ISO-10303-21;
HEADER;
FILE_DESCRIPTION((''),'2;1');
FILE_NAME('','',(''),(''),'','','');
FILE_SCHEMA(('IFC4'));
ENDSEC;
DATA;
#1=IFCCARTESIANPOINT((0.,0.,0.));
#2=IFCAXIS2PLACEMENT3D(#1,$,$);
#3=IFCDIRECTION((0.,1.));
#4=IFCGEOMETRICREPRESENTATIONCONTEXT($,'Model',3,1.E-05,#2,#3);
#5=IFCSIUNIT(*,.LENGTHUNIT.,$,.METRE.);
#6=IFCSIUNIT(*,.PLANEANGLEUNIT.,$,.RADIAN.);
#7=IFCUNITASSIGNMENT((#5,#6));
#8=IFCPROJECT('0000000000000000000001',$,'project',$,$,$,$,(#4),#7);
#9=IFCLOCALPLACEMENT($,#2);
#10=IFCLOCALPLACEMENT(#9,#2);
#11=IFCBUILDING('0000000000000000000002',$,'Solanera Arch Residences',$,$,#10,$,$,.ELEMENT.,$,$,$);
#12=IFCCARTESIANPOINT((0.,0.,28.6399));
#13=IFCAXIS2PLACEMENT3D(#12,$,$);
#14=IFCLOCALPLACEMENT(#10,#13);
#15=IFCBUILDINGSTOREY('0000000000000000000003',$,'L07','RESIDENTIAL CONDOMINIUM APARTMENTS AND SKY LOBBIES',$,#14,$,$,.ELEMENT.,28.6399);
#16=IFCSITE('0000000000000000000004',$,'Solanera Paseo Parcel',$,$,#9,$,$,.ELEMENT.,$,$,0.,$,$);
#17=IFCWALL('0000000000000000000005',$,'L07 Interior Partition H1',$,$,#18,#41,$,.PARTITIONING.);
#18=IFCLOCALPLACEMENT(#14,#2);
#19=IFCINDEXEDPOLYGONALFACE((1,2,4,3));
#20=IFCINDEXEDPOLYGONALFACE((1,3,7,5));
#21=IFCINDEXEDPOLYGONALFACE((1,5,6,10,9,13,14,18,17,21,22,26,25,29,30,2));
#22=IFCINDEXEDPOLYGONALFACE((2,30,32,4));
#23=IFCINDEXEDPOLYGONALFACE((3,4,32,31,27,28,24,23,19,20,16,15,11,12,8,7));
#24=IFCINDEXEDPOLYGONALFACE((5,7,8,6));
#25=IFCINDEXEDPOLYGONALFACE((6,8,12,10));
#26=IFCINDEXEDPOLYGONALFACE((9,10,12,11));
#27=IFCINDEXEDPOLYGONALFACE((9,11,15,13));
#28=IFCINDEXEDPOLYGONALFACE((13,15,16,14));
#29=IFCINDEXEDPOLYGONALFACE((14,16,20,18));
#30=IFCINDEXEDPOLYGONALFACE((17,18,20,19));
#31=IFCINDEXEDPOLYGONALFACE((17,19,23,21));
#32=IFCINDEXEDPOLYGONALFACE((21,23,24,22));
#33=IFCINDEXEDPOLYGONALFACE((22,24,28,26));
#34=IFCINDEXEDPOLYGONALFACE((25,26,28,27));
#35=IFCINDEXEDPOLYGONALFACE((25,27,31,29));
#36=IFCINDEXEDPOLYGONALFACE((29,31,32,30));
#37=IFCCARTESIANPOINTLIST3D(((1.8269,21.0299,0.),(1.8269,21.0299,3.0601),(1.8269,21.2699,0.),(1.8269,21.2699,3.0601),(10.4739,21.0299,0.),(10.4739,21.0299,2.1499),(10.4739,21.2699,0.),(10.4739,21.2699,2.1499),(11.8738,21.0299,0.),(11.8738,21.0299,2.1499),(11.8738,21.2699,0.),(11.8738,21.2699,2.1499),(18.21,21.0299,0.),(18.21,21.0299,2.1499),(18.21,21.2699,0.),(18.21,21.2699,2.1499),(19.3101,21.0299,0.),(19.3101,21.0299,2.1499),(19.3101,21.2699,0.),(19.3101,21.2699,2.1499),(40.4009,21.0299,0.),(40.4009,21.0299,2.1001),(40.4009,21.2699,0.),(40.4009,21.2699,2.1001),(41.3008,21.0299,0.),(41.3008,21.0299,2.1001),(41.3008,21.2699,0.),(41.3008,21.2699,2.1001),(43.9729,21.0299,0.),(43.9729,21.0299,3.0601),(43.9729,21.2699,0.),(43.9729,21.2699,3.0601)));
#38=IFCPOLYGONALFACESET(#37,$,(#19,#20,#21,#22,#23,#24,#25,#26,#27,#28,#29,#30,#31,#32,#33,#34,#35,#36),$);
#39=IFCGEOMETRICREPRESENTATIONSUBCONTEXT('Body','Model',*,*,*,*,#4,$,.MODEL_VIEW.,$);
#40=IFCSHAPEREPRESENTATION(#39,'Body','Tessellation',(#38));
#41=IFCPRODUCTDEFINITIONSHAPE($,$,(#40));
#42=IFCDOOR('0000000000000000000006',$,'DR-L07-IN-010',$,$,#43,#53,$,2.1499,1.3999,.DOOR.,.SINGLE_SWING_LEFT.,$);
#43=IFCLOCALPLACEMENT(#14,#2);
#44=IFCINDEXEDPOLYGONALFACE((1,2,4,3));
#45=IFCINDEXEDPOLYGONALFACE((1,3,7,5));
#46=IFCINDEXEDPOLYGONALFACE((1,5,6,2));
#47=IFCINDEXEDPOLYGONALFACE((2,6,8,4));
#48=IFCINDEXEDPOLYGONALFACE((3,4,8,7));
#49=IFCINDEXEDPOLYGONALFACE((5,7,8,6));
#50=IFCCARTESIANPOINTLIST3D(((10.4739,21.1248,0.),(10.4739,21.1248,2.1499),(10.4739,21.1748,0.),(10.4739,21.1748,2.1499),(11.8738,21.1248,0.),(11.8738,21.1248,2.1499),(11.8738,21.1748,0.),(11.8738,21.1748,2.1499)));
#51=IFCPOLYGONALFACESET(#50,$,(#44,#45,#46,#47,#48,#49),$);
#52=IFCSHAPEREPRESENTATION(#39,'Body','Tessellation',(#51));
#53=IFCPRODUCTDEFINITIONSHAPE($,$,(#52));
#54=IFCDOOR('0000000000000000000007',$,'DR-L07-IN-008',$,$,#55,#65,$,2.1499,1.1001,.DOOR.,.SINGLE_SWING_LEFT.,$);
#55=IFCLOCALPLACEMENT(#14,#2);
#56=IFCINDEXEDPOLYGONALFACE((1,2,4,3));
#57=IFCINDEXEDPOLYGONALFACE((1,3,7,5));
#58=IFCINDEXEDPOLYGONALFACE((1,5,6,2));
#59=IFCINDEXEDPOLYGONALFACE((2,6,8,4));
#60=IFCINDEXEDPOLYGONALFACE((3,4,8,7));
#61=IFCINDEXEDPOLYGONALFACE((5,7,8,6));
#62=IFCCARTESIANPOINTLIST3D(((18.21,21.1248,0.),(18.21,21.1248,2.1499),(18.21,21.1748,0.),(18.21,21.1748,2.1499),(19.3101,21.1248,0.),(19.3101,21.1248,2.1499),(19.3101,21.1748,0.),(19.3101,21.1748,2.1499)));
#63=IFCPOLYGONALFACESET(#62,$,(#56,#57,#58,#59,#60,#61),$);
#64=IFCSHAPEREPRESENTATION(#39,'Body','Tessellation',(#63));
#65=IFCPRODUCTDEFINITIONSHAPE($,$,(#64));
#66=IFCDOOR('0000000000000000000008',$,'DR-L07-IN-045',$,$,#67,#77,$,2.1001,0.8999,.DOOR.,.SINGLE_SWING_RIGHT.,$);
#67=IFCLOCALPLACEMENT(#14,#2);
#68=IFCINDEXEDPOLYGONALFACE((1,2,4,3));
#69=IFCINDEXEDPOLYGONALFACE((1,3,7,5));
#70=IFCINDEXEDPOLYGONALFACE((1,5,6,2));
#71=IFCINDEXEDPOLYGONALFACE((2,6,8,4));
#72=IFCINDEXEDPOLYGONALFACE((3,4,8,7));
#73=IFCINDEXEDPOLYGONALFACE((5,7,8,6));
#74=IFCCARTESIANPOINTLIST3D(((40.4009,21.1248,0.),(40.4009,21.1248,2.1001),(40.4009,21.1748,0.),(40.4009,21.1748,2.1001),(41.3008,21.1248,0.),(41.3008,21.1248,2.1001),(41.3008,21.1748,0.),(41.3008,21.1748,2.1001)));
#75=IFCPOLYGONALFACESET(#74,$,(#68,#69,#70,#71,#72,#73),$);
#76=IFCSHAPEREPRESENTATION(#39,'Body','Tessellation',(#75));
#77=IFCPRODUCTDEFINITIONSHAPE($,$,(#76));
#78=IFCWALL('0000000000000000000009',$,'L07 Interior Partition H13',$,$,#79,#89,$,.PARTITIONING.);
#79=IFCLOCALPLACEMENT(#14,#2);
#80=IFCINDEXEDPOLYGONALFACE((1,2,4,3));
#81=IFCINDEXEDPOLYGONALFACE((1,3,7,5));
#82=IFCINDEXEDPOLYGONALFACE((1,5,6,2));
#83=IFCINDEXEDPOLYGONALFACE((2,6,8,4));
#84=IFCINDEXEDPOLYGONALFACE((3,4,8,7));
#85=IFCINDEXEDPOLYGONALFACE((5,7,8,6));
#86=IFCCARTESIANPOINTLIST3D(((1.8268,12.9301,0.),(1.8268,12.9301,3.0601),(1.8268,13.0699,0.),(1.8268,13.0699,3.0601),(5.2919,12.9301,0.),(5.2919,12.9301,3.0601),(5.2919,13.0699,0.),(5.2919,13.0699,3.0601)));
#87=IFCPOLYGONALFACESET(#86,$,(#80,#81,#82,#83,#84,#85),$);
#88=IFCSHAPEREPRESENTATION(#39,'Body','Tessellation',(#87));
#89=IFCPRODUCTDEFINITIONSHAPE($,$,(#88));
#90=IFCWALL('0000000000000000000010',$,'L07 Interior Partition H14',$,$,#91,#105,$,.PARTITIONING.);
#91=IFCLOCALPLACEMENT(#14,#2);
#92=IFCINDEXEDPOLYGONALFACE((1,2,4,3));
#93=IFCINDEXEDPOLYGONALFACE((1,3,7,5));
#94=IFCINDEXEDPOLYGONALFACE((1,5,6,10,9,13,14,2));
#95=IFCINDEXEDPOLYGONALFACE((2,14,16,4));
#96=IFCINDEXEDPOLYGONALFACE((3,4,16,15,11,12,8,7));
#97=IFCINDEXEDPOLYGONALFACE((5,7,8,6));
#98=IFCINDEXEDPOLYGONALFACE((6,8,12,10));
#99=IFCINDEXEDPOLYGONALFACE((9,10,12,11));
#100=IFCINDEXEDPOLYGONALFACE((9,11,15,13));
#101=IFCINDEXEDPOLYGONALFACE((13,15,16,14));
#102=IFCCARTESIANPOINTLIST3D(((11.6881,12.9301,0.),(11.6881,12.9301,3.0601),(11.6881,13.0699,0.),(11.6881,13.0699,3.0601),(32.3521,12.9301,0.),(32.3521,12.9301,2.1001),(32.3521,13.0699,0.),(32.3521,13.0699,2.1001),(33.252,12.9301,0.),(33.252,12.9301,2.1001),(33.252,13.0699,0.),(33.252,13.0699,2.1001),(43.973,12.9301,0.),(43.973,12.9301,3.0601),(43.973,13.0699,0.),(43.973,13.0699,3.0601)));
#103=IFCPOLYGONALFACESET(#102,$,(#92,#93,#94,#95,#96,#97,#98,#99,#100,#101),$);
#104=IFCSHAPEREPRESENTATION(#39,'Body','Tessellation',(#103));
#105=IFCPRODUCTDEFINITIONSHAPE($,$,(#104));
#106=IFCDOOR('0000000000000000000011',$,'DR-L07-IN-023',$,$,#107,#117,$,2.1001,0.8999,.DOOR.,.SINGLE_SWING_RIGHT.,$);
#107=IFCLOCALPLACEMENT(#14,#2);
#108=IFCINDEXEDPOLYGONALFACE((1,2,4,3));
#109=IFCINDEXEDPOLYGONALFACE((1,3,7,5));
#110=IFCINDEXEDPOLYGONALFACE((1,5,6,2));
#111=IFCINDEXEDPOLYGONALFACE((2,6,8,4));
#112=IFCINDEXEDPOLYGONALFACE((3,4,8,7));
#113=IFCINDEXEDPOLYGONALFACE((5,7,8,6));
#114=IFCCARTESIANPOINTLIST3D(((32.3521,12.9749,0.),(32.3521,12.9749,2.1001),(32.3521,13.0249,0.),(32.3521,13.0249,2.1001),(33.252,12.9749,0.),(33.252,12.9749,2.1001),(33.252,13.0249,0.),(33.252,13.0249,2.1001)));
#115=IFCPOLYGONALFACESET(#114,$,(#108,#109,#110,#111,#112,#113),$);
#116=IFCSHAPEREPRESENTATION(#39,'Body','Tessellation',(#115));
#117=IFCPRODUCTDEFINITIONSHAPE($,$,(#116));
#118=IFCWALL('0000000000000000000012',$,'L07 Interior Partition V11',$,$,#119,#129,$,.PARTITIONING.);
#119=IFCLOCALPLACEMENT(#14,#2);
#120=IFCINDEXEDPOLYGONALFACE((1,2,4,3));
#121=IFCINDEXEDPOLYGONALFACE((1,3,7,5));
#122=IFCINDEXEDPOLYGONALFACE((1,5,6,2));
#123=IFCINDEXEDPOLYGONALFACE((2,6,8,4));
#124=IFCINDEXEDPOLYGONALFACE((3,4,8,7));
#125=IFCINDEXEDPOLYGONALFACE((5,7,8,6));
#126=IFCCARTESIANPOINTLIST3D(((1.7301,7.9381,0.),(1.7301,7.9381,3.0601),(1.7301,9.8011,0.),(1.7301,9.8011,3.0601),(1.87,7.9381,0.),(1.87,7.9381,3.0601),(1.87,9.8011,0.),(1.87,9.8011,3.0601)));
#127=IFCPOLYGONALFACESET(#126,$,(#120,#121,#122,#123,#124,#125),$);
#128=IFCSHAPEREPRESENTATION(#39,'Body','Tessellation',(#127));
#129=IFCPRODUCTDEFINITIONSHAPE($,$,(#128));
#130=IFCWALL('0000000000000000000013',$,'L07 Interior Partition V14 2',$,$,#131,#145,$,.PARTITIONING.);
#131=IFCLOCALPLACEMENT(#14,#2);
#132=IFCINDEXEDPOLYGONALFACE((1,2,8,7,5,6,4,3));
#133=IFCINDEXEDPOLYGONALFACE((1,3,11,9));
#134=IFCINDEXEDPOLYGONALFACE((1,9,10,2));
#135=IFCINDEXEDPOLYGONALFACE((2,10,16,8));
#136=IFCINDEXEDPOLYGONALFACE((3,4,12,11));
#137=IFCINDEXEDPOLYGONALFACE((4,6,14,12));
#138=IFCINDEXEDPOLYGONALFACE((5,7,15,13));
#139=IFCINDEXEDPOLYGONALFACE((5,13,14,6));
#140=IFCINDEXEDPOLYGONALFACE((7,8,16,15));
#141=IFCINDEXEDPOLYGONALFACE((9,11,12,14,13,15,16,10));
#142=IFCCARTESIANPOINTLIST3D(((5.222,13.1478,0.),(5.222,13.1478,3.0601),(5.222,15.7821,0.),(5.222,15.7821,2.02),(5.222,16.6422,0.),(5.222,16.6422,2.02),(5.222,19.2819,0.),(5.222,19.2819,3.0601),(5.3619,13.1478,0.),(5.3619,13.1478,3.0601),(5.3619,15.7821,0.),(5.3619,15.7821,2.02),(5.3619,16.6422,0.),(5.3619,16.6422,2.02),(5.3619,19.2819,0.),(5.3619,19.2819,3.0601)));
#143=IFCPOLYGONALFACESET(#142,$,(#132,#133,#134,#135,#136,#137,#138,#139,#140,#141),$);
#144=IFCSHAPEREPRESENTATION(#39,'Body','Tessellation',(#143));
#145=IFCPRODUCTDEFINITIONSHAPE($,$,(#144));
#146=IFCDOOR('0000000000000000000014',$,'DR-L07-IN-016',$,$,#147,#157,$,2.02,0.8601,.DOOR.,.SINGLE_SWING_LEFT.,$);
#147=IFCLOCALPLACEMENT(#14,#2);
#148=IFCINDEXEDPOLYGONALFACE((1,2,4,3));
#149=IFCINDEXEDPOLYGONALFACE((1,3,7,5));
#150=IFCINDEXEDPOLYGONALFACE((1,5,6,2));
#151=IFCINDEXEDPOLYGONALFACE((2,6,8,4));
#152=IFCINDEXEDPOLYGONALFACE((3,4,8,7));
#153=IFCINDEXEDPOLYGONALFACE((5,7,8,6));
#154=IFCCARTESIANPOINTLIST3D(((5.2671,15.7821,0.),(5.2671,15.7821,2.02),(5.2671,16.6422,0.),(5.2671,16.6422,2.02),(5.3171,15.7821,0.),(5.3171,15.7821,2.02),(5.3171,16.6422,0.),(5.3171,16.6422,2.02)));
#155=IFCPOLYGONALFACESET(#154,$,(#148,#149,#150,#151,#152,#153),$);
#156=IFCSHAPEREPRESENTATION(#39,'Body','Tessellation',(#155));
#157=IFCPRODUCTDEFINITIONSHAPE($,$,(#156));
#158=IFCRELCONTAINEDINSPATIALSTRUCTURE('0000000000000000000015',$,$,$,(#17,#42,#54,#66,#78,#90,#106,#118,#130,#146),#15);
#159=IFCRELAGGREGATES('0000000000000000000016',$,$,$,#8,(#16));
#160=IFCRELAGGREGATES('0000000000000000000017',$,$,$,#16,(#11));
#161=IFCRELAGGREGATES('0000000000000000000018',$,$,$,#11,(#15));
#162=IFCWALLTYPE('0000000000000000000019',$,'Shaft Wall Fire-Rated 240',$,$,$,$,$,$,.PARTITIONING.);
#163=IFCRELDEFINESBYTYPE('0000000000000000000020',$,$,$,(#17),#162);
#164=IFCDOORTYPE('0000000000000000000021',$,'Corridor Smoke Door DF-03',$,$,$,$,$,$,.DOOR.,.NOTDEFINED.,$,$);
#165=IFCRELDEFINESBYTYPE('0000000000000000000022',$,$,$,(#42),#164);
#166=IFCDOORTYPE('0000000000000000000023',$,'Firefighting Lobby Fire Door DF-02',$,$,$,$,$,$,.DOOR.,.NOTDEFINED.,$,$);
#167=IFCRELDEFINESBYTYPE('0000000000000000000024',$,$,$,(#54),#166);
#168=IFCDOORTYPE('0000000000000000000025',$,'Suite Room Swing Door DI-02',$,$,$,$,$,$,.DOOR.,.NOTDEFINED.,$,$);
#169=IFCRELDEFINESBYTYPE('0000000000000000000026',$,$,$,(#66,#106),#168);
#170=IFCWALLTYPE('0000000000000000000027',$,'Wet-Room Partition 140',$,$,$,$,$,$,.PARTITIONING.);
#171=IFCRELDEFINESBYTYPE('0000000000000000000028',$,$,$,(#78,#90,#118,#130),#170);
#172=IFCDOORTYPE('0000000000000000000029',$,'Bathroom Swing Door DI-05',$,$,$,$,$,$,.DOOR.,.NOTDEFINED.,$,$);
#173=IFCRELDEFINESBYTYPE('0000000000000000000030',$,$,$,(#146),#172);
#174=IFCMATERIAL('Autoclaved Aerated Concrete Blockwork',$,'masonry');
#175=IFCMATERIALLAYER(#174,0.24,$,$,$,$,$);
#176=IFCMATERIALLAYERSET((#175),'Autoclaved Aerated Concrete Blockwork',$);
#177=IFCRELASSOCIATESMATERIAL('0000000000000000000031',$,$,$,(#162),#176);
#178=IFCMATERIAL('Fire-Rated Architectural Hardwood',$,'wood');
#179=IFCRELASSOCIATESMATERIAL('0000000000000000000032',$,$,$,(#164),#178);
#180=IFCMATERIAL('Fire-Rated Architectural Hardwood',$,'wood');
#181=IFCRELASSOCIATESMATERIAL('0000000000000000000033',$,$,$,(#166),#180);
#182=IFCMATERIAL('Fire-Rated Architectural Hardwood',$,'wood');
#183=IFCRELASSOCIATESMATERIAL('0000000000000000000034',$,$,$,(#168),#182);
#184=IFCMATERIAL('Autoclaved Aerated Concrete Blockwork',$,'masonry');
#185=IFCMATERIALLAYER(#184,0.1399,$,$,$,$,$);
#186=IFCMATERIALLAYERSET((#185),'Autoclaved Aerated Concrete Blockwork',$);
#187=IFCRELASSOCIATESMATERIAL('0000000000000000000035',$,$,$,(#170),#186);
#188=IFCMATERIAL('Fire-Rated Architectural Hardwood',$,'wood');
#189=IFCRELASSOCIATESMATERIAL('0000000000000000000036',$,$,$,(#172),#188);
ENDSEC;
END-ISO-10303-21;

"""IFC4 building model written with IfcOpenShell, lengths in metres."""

from ifc_helpers import new_model, si_unit, direction, frame, frame_2d, origin, place, context, subcontext, project, spatial, rectangle, extrude, material, layer, layer_set, type_object, element, fill, save


model = new_model("IFC4")

# Units and contexts
model_context = context("Model", 3, precision=1e-05, world=origin(), true_north=direction((0.0, 1.0)))
body_context = subcontext(model_context, "Body", "Model", "MODEL_VIEW")
ifc_project = project(units=[si_unit("LENGTHUNIT", "METRE"), si_unit("PLANEANGLEUNIT", "RADIAN")], contexts=[model_context])

# Site, building, storey
site_placement = place(None, origin())
site = spatial("IfcSite", under=ifc_project, at=site_placement, Name="Solanera Paseo Parcel", CompositionType="ELEMENT", RefElevation=0.0)
building_placement = place(site_placement, origin())
building = spatial("IfcBuilding", under=site, at=building_placement, Name="Solanera Arch Residences", CompositionType="ELEMENT")
storey_placement = place(building_placement, frame((0.0, 0.0, 28.6399)))
storey = spatial("IfcBuildingStorey", under=building, at=storey_placement, Name="L07", Description="RESIDENTIAL CONDOMINIUM APARTMENTS AND SKY LOBBIES", CompositionType="ELEMENT", Elevation=28.6399)

# Wall, openings, doors
ifc_material_1 = material(Name="Autoclaved Aerated Concrete Blockwork", Category="masonry")
ifc_layer_1 = layer(ifc_material_1, 0.24)
ifc_layer_set_1 = layer_set([ifc_layer_1], Name="Autoclaved Aerated Concrete Blockwork")
wall_type_1 = type_object("IfcWallType", Name="Shaft Wall Fire-Rated 240", PredefinedType="PARTITIONING", material=ifc_layer_set_1)
wall_1_placement = place(storey_placement, frame((1.8269, 21.1499, 0.0), z_axis=(0.0, 0.0, 1.0), x_axis=(1.0, 0.0, 0.0)))
wall_1 = element("IfcWall", 1, at=wall_1_placement, inside=storey, type_object=wall_type_1, Name="L07 Interior Partition H1", PredefinedType="PARTITIONING", context=body_context, shape_type="SweptSolid", body=[
    extrude(rectangle(XDim=42.146, YDim=0.24, at=frame_2d((21.073, 0.0))), origin(), (0.0, 0.0, 1.0), 3.0601),
])
opening_1_placement = place(wall_1_placement, frame((16.3831, 0.0, 0.0)))
opening_1 = element("IfcOpeningElement", 2, at=opening_1_placement, cuts=wall_1, PredefinedType="OPENING", context=body_context, shape_type="SweptSolid", body=[
    extrude(rectangle(XDim=1.1001, YDim=2.1499, at=frame_2d((0.55, 1.075))), frame((0.0, 0.1299, 0.0), z_axis=(0.0, -1.0, 0.0), x_axis=(1.0, 0.0, 0.0)), (0.0, 0.0, 1.0), 0.26),
])
opening_2_placement = place(wall_1_placement, frame((8.647, 0.0, 0.0)))
opening_2 = element("IfcOpeningElement", 3, at=opening_2_placement, cuts=wall_1, PredefinedType="OPENING", context=body_context, shape_type="SweptSolid", body=[
    extrude(rectangle(XDim=1.3999, YDim=2.1499, at=frame_2d((0.7, 1.075))), frame((0.0, 0.1299, 0.0), z_axis=(0.0, -1.0, 0.0), x_axis=(1.0, 0.0, 0.0)), (0.0, 0.0, 1.0), 0.26),
])
opening_3_placement = place(wall_1_placement, frame((38.574, 0.0, 0.0)))
opening_3 = element("IfcOpeningElement", 4, at=opening_3_placement, cuts=wall_1, PredefinedType="OPENING", context=body_context, shape_type="SweptSolid", body=[
    extrude(rectangle(XDim=0.8999, YDim=2.1001, at=frame_2d((0.45, 1.05))), frame((0.0, 0.1299, 0.0), z_axis=(0.0, -1.0, 0.0), x_axis=(1.0, 0.0, 0.0)), (0.0, 0.0, 1.0), 0.26),
])
ifc_material_2 = material(Name="Fire-Rated Architectural Hardwood", Category="wood")
door_type_1 = type_object("IfcDoorType", Name="Corridor Smoke Door DF-03", OperationType="NOTDEFINED", PredefinedType="DOOR", material=ifc_material_2)
door_1_placement = place(opening_2_placement, origin())
door_1 = element("IfcDoor", 5, at=door_1_placement, inside=storey, type_object=door_type_1, Name="DR-L07-IN-010", OperationType="SINGLE_SWING_LEFT", OverallHeight=2.1499, OverallWidth=1.3999, PredefinedType="DOOR", context=body_context, shape_type="SweptSolid", body=[
    extrude(rectangle(XDim=1.3999, YDim=2.1499, at=frame_2d((0.7, 1.075))), frame((0.0, 0.0249, 0.0), z_axis=(0.0, -1.0, 0.0), x_axis=(1.0, 0.0, 0.0)), (0.0, 0.0, 1.0), 0.05),
])
fill(opening_2, door_1)
ifc_material_3 = material(Name="Fire-Rated Architectural Hardwood", Category="wood")
door_type_2 = type_object("IfcDoorType", Name="Firefighting Lobby Fire Door DF-02", OperationType="NOTDEFINED", PredefinedType="DOOR", material=ifc_material_3)
door_2_placement = place(opening_1_placement, origin())
door_2 = element("IfcDoor", 6, at=door_2_placement, inside=storey, type_object=door_type_2, Name="DR-L07-IN-008", OperationType="SINGLE_SWING_LEFT", OverallHeight=2.1499, OverallWidth=1.1001, PredefinedType="DOOR", context=body_context, shape_type="SweptSolid", body=[
    extrude(rectangle(XDim=1.1001, YDim=2.1499, at=frame_2d((0.55, 1.075))), frame((0.0, 0.0249, 0.0), z_axis=(0.0, -1.0, 0.0), x_axis=(1.0, 0.0, 0.0)), (0.0, 0.0, 1.0), 0.05),
])
fill(opening_1, door_2)
ifc_material_4 = material(Name="Fire-Rated Architectural Hardwood", Category="wood")
door_type_3 = type_object("IfcDoorType", Name="Suite Room Swing Door DI-02", OperationType="NOTDEFINED", PredefinedType="DOOR", material=ifc_material_4)
door_3_placement = place(opening_3_placement, origin())
door_3 = element("IfcDoor", 7, at=door_3_placement, inside=storey, type_object=door_type_3, Name="DR-L07-IN-045", OperationType="SINGLE_SWING_RIGHT", OverallHeight=2.1001, OverallWidth=0.8999, PredefinedType="DOOR", context=body_context, shape_type="SweptSolid", body=[
    extrude(rectangle(XDim=0.8999, YDim=2.1001, at=frame_2d((0.45, 1.05))), frame((0.0, 0.0249, 0.0), z_axis=(0.0, -1.0, 0.0), x_axis=(1.0, 0.0, 0.0)), (0.0, 0.0, 1.0), 0.05),
])
fill(opening_3, door_3)

# Wall
ifc_material_5 = material(Name="Autoclaved Aerated Concrete Blockwork", Category="masonry")
ifc_layer_2 = layer(ifc_material_5, 0.1399)
ifc_layer_set_2 = layer_set([ifc_layer_2], Name="Autoclaved Aerated Concrete Blockwork")
wall_type_2 = type_object("IfcWallType", Name="Wet-Room Partition 140", PredefinedType="PARTITIONING", material=ifc_layer_set_2)
wall_2_placement = place(storey_placement, frame((1.8269, 13.0, 0.0), z_axis=(0.0, 0.0, 1.0), x_axis=(1.0, 0.0, 0.0)))
element("IfcWall", 8, at=wall_2_placement, inside=storey, type_object=wall_type_2, Name="L07 Interior Partition H13", PredefinedType="PARTITIONING", context=body_context, shape_type="SweptSolid", body=[
    extrude(rectangle(XDim=3.4651, YDim=0.1399, at=frame_2d((1.7324, 0.0))), origin(), (0.0, 0.0, 1.0), 3.0601),
])

# Wall, opening, door
wall_3_placement = place(storey_placement, frame((11.688, 13.0, 0.0), z_axis=(0.0, 0.0, 1.0), x_axis=(1.0, 0.0, 0.0)))
wall_3 = element("IfcWall", 9, at=wall_3_placement, inside=storey, type_object=wall_type_2, Name="L07 Interior Partition H14", PredefinedType="PARTITIONING", context=body_context, shape_type="SweptSolid", body=[
    extrude(rectangle(XDim=32.2849, YDim=0.1399, at=frame_2d((16.1426, 0.0))), origin(), (0.0, 0.0, 1.0), 3.0601),
])
opening_4_placement = place(wall_3_placement, frame((20.6641, 0.0, 0.0)))
opening_4 = element("IfcOpeningElement", 10, at=opening_4_placement, cuts=wall_3, PredefinedType="OPENING", context=body_context, shape_type="SweptSolid", body=[
    extrude(rectangle(XDim=0.8999, YDim=2.1001, at=frame_2d((0.45, 1.05))), frame((0.0, 0.0798, 0.0), z_axis=(0.0, -1.0, 0.0), x_axis=(1.0, 0.0, 0.0)), (0.0, 0.0, 1.0), 0.1599),
])
door_4_placement = place(opening_4_placement, origin())
door_4 = element("IfcDoor", 11, at=door_4_placement, inside=storey, type_object=door_type_3, Name="DR-L07-IN-023", OperationType="SINGLE_SWING_RIGHT", OverallHeight=2.1001, OverallWidth=0.8999, PredefinedType="DOOR", context=body_context, shape_type="SweptSolid", body=[
    extrude(rectangle(XDim=0.8999, YDim=2.1001, at=frame_2d((0.45, 1.05))), frame((0.0, 0.0249, 0.0), z_axis=(0.0, -1.0, 0.0), x_axis=(1.0, 0.0, 0.0)), (0.0, 0.0, 1.0), 0.05),
])
fill(opening_4, door_4)

# Wall
wall_4_placement = place(storey_placement, frame((1.8, 7.938, 0.0), z_axis=(0.0, 0.0, 1.0), x_axis=(0.0, 1.0, 0.0)))
element("IfcWall", 12, at=wall_4_placement, inside=storey, type_object=wall_type_2, Name="L07 Interior Partition V11", PredefinedType="PARTITIONING", context=body_context, shape_type="SweptSolid", body=[
    extrude(rectangle(XDim=1.863, YDim=0.1399, at=frame_2d((0.9316, 0.0))), origin(), (0.0, 0.0, 1.0), 3.0601),
])

# Wall, opening, door
wall_5_placement = place(storey_placement, frame((5.292, 13.1479, 0.0), z_axis=(0.0, 0.0, 1.0), x_axis=(0.0, 1.0, 0.0)))
wall_5 = element("IfcWall", 13, at=wall_5_placement, inside=storey, type_object=wall_type_2, Name="L07 Interior Partition V14 2", PredefinedType="PARTITIONING", context=body_context, shape_type="SweptSolid", body=[
    extrude(rectangle(XDim=6.134, YDim=0.1399, at=frame_2d((3.0669, 0.0))), origin(), (0.0, 0.0, 1.0), 3.0601),
])
opening_5_placement = place(wall_5_placement, frame((2.634, 0.0, 0.0)))
opening_5 = element("IfcOpeningElement", 14, at=opening_5_placement, cuts=wall_5, PredefinedType="OPENING", context=body_context, shape_type="SweptSolid", body=[
    extrude(rectangle(XDim=0.8601, YDim=2.02, at=frame_2d((0.4302, 1.01))), frame((0.0, 0.0798, 0.0), z_axis=(0.0, -1.0, 0.0), x_axis=(1.0, 0.0, 0.0)), (0.0, 0.0, 1.0), 0.1599),
])
ifc_material_6 = material(Name="Fire-Rated Architectural Hardwood", Category="wood")
door_type_4 = type_object("IfcDoorType", Name="Bathroom Swing Door DI-05", OperationType="NOTDEFINED", PredefinedType="DOOR", material=ifc_material_6)
door_5_placement = place(opening_5_placement, origin())
door_5 = element("IfcDoor", 15, at=door_5_placement, inside=storey, type_object=door_type_4, Name="DR-L07-IN-016", OperationType="SINGLE_SWING_LEFT", OverallHeight=2.02, OverallWidth=0.8601, PredefinedType="DOOR", context=body_context, shape_type="SweptSolid", body=[
    extrude(rectangle(XDim=0.8601, YDim=2.02, at=frame_2d((0.4302, 1.01))), frame((0.0, 0.0249, 0.0), z_axis=(0.0, -1.0, 0.0), x_axis=(1.0, 0.0, 0.0)), (0.0, 0.0, 1.0), 0.05),
])
fill(opening_5, door_5)

save(model, "model.ifc")
